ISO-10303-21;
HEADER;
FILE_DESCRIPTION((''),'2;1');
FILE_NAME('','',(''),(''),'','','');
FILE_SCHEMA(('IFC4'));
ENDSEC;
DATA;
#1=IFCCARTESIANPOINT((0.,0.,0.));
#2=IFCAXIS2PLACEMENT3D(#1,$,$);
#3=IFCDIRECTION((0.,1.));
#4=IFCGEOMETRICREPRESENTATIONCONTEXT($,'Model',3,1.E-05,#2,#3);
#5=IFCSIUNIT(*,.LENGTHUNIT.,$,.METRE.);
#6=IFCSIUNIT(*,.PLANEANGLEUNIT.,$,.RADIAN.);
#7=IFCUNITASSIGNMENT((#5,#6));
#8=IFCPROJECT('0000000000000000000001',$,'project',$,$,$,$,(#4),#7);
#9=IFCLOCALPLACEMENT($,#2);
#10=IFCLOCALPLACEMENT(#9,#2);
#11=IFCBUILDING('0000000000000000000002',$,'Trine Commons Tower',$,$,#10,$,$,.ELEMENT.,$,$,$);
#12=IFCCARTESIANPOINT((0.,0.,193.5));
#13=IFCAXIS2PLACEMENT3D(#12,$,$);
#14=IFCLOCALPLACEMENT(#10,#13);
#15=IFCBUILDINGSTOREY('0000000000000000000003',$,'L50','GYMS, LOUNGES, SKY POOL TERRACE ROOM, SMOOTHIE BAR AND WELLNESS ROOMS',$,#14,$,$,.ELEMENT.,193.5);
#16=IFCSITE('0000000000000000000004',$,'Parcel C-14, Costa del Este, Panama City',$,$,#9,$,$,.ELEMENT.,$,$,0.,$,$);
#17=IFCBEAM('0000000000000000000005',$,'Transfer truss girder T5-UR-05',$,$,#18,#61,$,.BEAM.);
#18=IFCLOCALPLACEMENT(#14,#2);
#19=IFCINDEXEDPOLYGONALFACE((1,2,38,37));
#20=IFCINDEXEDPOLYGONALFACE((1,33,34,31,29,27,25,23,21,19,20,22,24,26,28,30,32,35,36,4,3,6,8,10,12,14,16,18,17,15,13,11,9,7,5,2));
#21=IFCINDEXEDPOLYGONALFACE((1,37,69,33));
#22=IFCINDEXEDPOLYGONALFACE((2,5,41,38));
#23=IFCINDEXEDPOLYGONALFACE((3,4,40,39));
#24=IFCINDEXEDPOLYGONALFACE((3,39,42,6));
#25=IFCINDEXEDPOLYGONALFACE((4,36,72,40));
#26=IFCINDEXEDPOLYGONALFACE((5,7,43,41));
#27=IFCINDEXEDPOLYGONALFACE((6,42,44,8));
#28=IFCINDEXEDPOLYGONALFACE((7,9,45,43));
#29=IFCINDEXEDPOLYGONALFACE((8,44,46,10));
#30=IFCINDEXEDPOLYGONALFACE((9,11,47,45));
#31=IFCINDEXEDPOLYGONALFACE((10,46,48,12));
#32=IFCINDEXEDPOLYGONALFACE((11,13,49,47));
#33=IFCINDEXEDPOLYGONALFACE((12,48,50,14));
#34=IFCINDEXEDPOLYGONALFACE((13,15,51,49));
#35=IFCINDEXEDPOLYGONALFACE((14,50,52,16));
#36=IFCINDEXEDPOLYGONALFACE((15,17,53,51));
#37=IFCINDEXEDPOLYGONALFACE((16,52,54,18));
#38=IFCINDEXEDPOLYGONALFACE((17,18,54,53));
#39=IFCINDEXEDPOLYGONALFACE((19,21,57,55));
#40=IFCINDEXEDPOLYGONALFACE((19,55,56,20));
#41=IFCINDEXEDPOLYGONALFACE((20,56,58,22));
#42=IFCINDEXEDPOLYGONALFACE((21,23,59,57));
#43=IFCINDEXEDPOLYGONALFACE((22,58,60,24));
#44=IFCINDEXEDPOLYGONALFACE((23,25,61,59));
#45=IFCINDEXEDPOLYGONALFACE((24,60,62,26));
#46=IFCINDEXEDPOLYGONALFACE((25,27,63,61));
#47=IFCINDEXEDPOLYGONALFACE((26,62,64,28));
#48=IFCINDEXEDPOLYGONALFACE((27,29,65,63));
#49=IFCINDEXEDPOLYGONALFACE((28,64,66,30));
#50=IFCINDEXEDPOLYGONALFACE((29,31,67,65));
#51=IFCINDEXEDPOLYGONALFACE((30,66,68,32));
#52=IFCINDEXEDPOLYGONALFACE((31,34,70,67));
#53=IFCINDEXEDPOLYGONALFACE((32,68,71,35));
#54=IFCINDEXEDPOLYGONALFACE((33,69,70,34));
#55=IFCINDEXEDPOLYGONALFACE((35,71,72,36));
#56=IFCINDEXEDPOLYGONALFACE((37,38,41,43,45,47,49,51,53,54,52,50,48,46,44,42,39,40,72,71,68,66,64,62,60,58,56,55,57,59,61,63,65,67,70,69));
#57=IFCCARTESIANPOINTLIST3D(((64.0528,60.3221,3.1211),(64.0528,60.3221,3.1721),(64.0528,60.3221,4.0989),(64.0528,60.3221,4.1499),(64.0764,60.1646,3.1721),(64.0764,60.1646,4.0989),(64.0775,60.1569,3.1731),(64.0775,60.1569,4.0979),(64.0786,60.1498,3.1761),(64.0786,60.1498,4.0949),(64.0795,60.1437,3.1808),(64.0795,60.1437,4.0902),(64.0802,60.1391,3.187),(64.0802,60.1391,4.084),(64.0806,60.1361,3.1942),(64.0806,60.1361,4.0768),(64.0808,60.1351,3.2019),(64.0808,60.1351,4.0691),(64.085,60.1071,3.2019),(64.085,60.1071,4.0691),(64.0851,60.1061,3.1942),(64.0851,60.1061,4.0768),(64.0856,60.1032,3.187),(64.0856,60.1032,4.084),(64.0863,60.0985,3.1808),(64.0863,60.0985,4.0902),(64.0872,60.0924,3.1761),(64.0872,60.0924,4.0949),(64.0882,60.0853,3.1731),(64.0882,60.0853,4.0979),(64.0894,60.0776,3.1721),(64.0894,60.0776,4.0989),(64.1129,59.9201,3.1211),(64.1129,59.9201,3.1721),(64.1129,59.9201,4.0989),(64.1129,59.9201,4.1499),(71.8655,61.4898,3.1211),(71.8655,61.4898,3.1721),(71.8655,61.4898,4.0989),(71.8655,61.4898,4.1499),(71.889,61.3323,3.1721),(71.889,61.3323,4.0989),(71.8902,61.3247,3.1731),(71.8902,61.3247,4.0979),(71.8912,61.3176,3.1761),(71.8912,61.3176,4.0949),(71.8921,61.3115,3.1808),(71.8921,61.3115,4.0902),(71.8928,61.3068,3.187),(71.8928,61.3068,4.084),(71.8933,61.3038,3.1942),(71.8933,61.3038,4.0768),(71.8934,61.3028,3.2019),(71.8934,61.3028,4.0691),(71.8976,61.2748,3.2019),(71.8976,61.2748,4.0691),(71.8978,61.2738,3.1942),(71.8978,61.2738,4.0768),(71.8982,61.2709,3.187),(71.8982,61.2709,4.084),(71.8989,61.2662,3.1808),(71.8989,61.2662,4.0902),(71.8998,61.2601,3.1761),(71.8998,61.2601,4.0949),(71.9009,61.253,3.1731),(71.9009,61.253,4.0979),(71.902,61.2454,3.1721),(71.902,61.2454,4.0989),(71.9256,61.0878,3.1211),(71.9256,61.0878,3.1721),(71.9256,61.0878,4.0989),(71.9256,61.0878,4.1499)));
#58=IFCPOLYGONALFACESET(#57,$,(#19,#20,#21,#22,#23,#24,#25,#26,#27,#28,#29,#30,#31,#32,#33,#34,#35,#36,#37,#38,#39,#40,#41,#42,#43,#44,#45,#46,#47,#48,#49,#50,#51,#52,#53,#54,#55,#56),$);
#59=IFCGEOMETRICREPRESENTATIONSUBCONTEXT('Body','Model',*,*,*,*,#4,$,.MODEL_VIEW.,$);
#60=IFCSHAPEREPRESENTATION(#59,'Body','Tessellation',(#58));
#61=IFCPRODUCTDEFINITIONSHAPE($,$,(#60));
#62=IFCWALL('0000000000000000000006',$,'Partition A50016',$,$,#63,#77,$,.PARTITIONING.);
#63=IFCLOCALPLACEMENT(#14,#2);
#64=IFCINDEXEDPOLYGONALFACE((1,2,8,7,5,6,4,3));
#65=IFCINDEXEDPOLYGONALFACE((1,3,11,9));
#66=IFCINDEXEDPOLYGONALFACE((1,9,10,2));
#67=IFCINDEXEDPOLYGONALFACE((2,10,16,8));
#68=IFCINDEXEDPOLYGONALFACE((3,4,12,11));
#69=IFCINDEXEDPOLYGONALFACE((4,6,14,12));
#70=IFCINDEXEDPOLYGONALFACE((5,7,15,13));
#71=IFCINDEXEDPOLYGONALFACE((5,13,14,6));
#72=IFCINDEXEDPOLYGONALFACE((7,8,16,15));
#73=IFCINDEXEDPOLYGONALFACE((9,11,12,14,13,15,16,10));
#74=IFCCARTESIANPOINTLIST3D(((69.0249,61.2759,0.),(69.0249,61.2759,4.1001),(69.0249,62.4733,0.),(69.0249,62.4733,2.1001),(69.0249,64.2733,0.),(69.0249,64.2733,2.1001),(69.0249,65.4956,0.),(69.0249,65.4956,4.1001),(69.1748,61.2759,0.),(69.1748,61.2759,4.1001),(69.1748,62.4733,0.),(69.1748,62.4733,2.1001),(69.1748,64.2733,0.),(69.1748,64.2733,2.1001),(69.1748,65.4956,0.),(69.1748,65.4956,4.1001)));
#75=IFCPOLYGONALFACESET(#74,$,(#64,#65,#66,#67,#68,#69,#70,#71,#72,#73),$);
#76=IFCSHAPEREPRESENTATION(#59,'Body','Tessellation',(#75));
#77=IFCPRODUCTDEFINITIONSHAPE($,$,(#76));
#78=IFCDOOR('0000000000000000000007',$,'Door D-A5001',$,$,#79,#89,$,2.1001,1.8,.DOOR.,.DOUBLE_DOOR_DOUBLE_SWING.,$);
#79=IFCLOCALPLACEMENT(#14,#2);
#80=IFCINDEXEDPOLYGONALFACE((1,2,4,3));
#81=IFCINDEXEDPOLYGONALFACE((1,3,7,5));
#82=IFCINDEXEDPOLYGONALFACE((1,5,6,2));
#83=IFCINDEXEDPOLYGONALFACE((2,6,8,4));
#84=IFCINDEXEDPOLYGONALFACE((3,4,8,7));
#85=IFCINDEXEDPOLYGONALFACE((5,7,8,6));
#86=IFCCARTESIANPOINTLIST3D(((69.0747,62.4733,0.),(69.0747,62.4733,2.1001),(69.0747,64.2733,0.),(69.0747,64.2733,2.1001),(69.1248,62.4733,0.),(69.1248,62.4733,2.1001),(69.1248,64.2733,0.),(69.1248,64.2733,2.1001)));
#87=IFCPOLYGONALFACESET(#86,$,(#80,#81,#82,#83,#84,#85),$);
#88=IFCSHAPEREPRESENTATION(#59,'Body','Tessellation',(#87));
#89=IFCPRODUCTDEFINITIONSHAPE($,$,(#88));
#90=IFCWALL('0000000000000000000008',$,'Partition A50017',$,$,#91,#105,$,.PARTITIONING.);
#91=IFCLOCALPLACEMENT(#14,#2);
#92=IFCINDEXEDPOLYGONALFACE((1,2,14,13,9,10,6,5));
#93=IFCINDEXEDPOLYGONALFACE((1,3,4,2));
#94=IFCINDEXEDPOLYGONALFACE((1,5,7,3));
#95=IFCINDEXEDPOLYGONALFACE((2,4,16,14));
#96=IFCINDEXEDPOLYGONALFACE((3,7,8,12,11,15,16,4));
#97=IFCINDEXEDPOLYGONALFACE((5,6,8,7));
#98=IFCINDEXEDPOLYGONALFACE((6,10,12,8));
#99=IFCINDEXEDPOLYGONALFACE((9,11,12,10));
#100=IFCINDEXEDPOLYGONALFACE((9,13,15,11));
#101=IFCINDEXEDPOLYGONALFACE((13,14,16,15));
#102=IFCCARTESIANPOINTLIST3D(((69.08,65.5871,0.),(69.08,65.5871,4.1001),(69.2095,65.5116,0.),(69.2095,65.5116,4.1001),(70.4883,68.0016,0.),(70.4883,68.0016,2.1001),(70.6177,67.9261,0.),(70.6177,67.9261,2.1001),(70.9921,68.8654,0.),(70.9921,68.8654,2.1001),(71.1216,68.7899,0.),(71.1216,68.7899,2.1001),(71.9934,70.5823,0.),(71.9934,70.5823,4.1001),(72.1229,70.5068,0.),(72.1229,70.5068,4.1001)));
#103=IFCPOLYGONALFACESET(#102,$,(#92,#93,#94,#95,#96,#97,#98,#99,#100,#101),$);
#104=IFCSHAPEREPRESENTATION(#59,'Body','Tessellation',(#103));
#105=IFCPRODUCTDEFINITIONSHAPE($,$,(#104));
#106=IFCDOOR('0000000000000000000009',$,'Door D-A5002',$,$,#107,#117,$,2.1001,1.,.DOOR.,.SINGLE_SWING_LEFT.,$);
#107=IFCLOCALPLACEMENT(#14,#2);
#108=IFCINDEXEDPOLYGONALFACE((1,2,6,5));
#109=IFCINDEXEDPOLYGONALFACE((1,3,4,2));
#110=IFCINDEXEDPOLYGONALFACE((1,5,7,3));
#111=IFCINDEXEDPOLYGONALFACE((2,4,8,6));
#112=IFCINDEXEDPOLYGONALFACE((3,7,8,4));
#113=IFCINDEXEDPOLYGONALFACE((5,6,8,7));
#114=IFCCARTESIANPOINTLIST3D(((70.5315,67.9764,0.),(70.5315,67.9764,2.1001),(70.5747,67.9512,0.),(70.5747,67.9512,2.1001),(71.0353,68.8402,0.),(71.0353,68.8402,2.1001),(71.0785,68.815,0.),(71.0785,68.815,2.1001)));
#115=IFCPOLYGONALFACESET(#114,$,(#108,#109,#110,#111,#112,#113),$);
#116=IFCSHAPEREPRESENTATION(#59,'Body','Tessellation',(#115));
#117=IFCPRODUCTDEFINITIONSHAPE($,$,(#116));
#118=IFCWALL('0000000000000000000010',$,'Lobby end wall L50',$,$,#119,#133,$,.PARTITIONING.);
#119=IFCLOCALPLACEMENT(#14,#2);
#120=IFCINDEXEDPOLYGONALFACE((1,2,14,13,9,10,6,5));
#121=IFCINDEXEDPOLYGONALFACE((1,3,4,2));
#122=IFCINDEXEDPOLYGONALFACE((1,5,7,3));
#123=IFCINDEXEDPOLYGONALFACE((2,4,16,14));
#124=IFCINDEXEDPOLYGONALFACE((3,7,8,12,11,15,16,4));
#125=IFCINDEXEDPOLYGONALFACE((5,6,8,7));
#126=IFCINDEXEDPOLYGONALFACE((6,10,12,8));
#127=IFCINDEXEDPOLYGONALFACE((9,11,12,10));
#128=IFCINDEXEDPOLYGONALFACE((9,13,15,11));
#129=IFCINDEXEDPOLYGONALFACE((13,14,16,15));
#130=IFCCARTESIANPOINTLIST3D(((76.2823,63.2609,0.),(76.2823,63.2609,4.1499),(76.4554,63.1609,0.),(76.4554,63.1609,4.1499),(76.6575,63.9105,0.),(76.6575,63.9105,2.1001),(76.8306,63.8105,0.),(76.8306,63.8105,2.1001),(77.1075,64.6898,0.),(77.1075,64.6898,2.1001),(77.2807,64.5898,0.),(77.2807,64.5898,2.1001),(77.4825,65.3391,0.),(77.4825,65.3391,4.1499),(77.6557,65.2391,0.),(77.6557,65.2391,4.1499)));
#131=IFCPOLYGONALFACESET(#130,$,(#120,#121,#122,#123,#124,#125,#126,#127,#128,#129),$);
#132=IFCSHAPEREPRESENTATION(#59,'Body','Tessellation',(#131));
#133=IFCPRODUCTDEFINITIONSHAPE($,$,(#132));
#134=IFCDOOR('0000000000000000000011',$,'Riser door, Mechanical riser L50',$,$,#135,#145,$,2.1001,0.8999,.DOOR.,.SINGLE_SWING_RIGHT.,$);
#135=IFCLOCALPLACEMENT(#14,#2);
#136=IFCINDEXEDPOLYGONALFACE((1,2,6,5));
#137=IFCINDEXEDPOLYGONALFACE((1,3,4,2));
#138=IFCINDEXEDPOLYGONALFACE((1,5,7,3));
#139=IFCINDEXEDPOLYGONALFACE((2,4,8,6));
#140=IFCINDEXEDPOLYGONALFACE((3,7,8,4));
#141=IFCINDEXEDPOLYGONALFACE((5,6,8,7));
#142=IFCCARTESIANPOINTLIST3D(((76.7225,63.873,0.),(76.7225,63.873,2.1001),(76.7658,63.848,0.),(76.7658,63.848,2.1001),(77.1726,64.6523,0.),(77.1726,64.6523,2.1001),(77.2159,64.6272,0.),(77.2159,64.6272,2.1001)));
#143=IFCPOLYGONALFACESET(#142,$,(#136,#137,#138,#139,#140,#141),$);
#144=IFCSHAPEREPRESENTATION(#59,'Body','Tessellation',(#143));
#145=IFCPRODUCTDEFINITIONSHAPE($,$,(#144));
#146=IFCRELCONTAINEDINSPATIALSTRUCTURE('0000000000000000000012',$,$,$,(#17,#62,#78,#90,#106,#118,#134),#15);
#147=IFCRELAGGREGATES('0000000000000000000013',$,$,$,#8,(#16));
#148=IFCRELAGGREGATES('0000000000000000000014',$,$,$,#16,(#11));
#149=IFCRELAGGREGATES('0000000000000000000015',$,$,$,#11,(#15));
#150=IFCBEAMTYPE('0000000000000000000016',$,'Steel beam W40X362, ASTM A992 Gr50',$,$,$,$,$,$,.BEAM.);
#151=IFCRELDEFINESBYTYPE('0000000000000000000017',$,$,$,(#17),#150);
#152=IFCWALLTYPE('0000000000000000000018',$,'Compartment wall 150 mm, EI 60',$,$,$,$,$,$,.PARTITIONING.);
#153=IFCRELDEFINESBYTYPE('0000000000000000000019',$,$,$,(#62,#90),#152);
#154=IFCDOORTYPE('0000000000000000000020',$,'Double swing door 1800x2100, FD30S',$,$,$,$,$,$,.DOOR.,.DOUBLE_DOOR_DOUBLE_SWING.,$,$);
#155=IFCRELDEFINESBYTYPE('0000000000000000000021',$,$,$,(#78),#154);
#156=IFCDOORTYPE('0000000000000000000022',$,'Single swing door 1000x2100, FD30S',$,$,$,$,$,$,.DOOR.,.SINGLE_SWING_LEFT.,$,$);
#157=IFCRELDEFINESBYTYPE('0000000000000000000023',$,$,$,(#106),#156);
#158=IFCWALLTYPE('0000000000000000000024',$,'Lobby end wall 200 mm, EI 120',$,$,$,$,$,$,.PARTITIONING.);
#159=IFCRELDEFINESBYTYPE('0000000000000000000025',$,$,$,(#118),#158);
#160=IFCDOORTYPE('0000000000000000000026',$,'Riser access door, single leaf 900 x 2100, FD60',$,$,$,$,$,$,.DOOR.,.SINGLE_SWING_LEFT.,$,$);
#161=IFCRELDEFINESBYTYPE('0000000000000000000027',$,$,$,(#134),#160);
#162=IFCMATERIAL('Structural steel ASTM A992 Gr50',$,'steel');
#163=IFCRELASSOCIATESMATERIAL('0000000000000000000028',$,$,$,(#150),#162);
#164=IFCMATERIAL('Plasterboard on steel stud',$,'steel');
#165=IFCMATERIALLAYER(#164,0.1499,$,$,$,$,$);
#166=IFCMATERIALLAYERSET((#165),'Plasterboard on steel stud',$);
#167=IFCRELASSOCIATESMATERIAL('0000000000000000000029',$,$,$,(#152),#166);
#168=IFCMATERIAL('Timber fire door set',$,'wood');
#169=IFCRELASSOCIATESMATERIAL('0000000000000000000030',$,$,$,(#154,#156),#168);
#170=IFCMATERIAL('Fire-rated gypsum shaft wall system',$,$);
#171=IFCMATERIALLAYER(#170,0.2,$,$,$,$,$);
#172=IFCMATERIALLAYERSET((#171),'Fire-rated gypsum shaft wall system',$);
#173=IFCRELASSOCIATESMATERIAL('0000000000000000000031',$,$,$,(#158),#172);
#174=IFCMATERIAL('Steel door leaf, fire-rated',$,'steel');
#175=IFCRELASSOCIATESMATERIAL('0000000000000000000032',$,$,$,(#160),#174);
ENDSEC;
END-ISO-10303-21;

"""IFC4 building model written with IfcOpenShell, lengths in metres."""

from ifc_helpers import new_model, si_unit, direction, frame, frame_2d, origin, origin_2d, place, context, subcontext, project, spatial, rectangle, i_section, extrude, material, layer, layer_set, material_profile, profile_set, type_object, element, fill, save


model = new_model("IFC4")

# Units and contexts
model_context = context("Model", 3, precision=1e-05, world=origin(), true_north=direction((0.0, 1.0)))
body_context = subcontext(model_context, "Body", "Model", "MODEL_VIEW")
ifc_project = project(units=[si_unit("LENGTHUNIT", "METRE"), si_unit("PLANEANGLEUNIT", "RADIAN")], contexts=[model_context])

# Site, building, storey
site_placement = place(None, origin())
site = spatial("IfcSite", under=ifc_project, at=site_placement, Name="Parcel C-14, Costa del Este, Panama City", CompositionType="ELEMENT", RefElevation=0.0)
building_placement = place(site_placement, origin())
building = spatial("IfcBuilding", under=site, at=building_placement, Name="Trine Commons Tower", CompositionType="ELEMENT")
storey_placement = place(building_placement, frame((0.0, 0.0, 193.5)))
storey = spatial("IfcBuildingStorey", under=building, at=storey_placement, Name="L50", Description="GYMS, LOUNGES, SKY POOL TERRACE ROOM, SMOOTHIE BAR AND WELLNESS ROOMS", CompositionType="ELEMENT", Elevation=193.5)

# Beam
ifc_material_1 = material(Name="Structural steel ASTM A992 Gr50", Category="steel")
ifc_material_profile = material_profile(ifc_material_1, i_section(OverallWidth=0.4065, OverallDepth=1.0288, WebThickness=0.0283, FlangeThickness=0.051, FilletRadius=0.0298, at=origin_2d()), Name="W40X362")
ifc_profile_set = profile_set([ifc_material_profile], Name="Structural steel ASTM A992 Gr50")
beam_type = type_object("IfcBeamType", Name="Steel beam W40X362, ASTM A992 Gr50", PredefinedType="BEAM", material=ifc_profile_set)
beam_placement = place(storey_placement, frame((71.8955, 61.2888, 3.6355), z_axis=(-0.989014, -0.147822, 0.0), x_axis=(0.147822, -0.989014, 0.0)))
element("IfcBeam", 1, at=beam_placement, inside=storey, type_object=beam_type, Name="Transfer truss girder T5-UR-05", PredefinedType="BEAM", context=body_context, shape_type="SweptSolid", body=[
    extrude(i_section(OverallWidth=0.4065, OverallDepth=1.0288, WebThickness=0.0283, FlangeThickness=0.051, FilletRadius=0.0298, at=origin_2d()), origin(), (0.0, 0.0, 1.0), 7.8994),
])

# Walls, openings, doors
ifc_material_2 = material(Name="Plasterboard on steel stud", Category="steel")
ifc_layer_1 = layer(ifc_material_2, 0.1499)
ifc_layer_set_1 = layer_set([ifc_layer_1], Name="Plasterboard on steel stud")
wall_type_1 = type_object("IfcWallType", Name="Compartment wall 150 mm, EI 60", PredefinedType="PARTITIONING", material=ifc_layer_set_1)
wall_1_placement = place(storey_placement, frame((69.0999, 65.4956, 0.0), z_axis=(0.0, 0.0, 1.0), x_axis=(0.0, -1.0, 0.0)))
wall_1 = element("IfcWall", 2, at=wall_1_placement, inside=storey, type_object=wall_type_1, Name="Partition A50016", PredefinedType="PARTITIONING", context=body_context, shape_type="SweptSolid", body=[
    extrude(rectangle(XDim=4.2197, YDim=0.1499, at=frame_2d((2.1099, 0.0))), origin(), (0.0, 0.0, 1.0), 4.1001),
])
opening_1_placement = place(wall_1_placement, frame((1.2224, 0.0, 0.0)))
opening_1 = element("IfcOpeningElement", 3, at=opening_1_placement, cuts=wall_1, PredefinedType="OPENING", context=body_context, shape_type="SweptSolid", body=[
    extrude(rectangle(XDim=1.8, YDim=2.1001, at=frame_2d((0.8999, 1.05))), frame((0.0, 0.085, 0.0), z_axis=(0.0, -1.0, 0.0), x_axis=(1.0, 0.0, 0.0)), (0.0, 0.0, 1.0), 0.1699),
])
ifc_material_3 = material(Name="Timber fire door set", Category="wood")
door_type_1 = type_object("IfcDoorType", Name="Double swing door 1800x2100, FD30S", OperationType="DOUBLE_DOOR_DOUBLE_SWING", PredefinedType="DOOR", material=ifc_material_3)
door_1_placement = place(opening_1_placement, origin())
door_1 = element("IfcDoor", 4, at=door_1_placement, inside=storey, type_object=door_type_1, Name="Door D-A5001", OperationType="DOUBLE_DOOR_DOUBLE_SWING", OverallHeight=2.1001, OverallWidth=1.8, PredefinedType="DOOR", context=body_context, shape_type="SweptSolid", body=[
    extrude(rectangle(XDim=1.8, YDim=2.1001, at=frame_2d((0.8999, 1.05))), frame((0.0, 0.0249, 0.0), z_axis=(0.0, -1.0, 0.0), x_axis=(1.0, 0.0, 0.0)), (0.0, 0.0, 1.0), 0.05),
])
fill(opening_1, door_1)
wall_2_placement = place(storey_placement, frame((69.1448, 65.5493, 0.0), z_axis=(0.0, 0.0, 1.0), x_axis=(0.503808, 0.863816, 0.0)))
wall_2 = element("IfcWall", 5, at=wall_2_placement, inside=storey, type_object=wall_type_1, Name="Partition A50017", PredefinedType="PARTITIONING", context=body_context, shape_type="SweptSolid", body=[
    extrude(rectangle(XDim=5.7827, YDim=0.1499, at=frame_2d((2.8914, 0.0))), origin(), (0.0, 0.0, 1.0), 4.1001),
])
opening_2_placement = place(wall_2_placement, frame((2.7952, 0.0, 0.0)))
opening_2 = element("IfcOpeningElement", 6, at=opening_2_placement, cuts=wall_2, PredefinedType="OPENING", context=body_context, shape_type="SweptSolid", body=[
    extrude(rectangle(XDim=1.0, YDim=2.1001, at=frame_2d((0.5, 1.05))), frame((0.0, 0.085, 0.0), z_axis=(0.0, -1.0, 0.0), x_axis=(1.0, 0.0, 0.0)), (0.0, 0.0, 1.0), 0.1699),
])
door_type_2 = type_object("IfcDoorType", Name="Single swing door 1000x2100, FD30S", OperationType="SINGLE_SWING_LEFT", PredefinedType="DOOR", material=ifc_material_3)
door_2_placement = place(opening_2_placement, origin())
door_2 = element("IfcDoor", 7, at=door_2_placement, inside=storey, type_object=door_type_2, Name="Door D-A5002", OperationType="SINGLE_SWING_LEFT", OverallHeight=2.1001, OverallWidth=1.0, PredefinedType="DOOR", context=body_context, shape_type="SweptSolid", body=[
    extrude(rectangle(XDim=1.0, YDim=2.1001, at=frame_2d((0.5, 1.05))), frame((0.0, 0.0249, 0.0), z_axis=(0.0, -1.0, 0.0), x_axis=(1.0, 0.0, 0.0)), (0.0, 0.0, 1.0), 0.05),
])
fill(opening_2, door_2)
ifc_material_4 = material(Name="Fire-rated gypsum shaft wall system")
ifc_layer_2 = layer(ifc_material_4, 0.2)
ifc_layer_set_2 = layer_set([ifc_layer_2], Name="Fire-rated gypsum shaft wall system")
wall_type_2 = type_object("IfcWallType", Name="Lobby end wall 200 mm, EI 120", PredefinedType="PARTITIONING", material=ifc_layer_set_2)
wall_3_placement = place(storey_placement, frame((77.5691, 65.2891, 0.0), z_axis=(0.0, 0.0, 1.0), x_axis=(-0.500122, -0.865955, 0.0)))
wall_3 = element("IfcWall", 8, at=wall_3_placement, inside=storey, type_object=wall_type_2, Name="Lobby end wall L50", PredefinedType="PARTITIONING", context=body_context, shape_type="SweptSolid", body=[
    extrude(rectangle(XDim=2.3999, YDim=0.2, at=frame_2d((1.2, 0.0))), origin(), (0.0, 0.0, 1.0), 4.1499),
])
opening_3_placement = place(wall_3_placement, frame((0.7498, 0.0, 0.0)))
opening_3 = element("IfcOpeningElement", 9, at=opening_3_placement, cuts=wall_3, PredefinedType="OPENING", context=body_context, shape_type="SweptSolid", body=[
    extrude(rectangle(XDim=0.8999, YDim=2.1001, at=frame_2d((0.45, 1.05))), frame((0.0, 0.1099, 0.0), z_axis=(0.0, -1.0, 0.0), x_axis=(1.0, 0.0, 0.0)), (0.0, 0.0, 1.0), 0.22),
])
ifc_material_5 = material(Name="Steel door leaf, fire-rated", Category="steel")
door_type_3 = type_object("IfcDoorType", Name="Riser access door, single leaf 900 x 2100, FD60", OperationType="SINGLE_SWING_LEFT", PredefinedType="DOOR", material=ifc_material_5)
door_3_placement = place(opening_3_placement, frame((0.8999, 0.0, 0.0), z_axis=(0.0, 0.0, 1.0), x_axis=(-1.0, 0.0, 0.0)))
door_3 = element("IfcDoor", 10, at=door_3_placement, inside=storey, type_object=door_type_3, Name="Riser door, Mechanical riser L50", OperationType="SINGLE_SWING_RIGHT", OverallHeight=2.1001, OverallWidth=0.8999, PredefinedType="DOOR", context=body_context, shape_type="SweptSolid", body=[
    extrude(rectangle(XDim=0.8999, YDim=2.1001, at=frame_2d((0.45, 1.05))), frame((0.0, 0.0249, 0.0), z_axis=(0.0, -1.0, 0.0), x_axis=(1.0, 0.0, 0.0)), (0.0, 0.0, 1.0), 0.05),
])
fill(opening_3, door_3)

save(model, "model.ifc")
